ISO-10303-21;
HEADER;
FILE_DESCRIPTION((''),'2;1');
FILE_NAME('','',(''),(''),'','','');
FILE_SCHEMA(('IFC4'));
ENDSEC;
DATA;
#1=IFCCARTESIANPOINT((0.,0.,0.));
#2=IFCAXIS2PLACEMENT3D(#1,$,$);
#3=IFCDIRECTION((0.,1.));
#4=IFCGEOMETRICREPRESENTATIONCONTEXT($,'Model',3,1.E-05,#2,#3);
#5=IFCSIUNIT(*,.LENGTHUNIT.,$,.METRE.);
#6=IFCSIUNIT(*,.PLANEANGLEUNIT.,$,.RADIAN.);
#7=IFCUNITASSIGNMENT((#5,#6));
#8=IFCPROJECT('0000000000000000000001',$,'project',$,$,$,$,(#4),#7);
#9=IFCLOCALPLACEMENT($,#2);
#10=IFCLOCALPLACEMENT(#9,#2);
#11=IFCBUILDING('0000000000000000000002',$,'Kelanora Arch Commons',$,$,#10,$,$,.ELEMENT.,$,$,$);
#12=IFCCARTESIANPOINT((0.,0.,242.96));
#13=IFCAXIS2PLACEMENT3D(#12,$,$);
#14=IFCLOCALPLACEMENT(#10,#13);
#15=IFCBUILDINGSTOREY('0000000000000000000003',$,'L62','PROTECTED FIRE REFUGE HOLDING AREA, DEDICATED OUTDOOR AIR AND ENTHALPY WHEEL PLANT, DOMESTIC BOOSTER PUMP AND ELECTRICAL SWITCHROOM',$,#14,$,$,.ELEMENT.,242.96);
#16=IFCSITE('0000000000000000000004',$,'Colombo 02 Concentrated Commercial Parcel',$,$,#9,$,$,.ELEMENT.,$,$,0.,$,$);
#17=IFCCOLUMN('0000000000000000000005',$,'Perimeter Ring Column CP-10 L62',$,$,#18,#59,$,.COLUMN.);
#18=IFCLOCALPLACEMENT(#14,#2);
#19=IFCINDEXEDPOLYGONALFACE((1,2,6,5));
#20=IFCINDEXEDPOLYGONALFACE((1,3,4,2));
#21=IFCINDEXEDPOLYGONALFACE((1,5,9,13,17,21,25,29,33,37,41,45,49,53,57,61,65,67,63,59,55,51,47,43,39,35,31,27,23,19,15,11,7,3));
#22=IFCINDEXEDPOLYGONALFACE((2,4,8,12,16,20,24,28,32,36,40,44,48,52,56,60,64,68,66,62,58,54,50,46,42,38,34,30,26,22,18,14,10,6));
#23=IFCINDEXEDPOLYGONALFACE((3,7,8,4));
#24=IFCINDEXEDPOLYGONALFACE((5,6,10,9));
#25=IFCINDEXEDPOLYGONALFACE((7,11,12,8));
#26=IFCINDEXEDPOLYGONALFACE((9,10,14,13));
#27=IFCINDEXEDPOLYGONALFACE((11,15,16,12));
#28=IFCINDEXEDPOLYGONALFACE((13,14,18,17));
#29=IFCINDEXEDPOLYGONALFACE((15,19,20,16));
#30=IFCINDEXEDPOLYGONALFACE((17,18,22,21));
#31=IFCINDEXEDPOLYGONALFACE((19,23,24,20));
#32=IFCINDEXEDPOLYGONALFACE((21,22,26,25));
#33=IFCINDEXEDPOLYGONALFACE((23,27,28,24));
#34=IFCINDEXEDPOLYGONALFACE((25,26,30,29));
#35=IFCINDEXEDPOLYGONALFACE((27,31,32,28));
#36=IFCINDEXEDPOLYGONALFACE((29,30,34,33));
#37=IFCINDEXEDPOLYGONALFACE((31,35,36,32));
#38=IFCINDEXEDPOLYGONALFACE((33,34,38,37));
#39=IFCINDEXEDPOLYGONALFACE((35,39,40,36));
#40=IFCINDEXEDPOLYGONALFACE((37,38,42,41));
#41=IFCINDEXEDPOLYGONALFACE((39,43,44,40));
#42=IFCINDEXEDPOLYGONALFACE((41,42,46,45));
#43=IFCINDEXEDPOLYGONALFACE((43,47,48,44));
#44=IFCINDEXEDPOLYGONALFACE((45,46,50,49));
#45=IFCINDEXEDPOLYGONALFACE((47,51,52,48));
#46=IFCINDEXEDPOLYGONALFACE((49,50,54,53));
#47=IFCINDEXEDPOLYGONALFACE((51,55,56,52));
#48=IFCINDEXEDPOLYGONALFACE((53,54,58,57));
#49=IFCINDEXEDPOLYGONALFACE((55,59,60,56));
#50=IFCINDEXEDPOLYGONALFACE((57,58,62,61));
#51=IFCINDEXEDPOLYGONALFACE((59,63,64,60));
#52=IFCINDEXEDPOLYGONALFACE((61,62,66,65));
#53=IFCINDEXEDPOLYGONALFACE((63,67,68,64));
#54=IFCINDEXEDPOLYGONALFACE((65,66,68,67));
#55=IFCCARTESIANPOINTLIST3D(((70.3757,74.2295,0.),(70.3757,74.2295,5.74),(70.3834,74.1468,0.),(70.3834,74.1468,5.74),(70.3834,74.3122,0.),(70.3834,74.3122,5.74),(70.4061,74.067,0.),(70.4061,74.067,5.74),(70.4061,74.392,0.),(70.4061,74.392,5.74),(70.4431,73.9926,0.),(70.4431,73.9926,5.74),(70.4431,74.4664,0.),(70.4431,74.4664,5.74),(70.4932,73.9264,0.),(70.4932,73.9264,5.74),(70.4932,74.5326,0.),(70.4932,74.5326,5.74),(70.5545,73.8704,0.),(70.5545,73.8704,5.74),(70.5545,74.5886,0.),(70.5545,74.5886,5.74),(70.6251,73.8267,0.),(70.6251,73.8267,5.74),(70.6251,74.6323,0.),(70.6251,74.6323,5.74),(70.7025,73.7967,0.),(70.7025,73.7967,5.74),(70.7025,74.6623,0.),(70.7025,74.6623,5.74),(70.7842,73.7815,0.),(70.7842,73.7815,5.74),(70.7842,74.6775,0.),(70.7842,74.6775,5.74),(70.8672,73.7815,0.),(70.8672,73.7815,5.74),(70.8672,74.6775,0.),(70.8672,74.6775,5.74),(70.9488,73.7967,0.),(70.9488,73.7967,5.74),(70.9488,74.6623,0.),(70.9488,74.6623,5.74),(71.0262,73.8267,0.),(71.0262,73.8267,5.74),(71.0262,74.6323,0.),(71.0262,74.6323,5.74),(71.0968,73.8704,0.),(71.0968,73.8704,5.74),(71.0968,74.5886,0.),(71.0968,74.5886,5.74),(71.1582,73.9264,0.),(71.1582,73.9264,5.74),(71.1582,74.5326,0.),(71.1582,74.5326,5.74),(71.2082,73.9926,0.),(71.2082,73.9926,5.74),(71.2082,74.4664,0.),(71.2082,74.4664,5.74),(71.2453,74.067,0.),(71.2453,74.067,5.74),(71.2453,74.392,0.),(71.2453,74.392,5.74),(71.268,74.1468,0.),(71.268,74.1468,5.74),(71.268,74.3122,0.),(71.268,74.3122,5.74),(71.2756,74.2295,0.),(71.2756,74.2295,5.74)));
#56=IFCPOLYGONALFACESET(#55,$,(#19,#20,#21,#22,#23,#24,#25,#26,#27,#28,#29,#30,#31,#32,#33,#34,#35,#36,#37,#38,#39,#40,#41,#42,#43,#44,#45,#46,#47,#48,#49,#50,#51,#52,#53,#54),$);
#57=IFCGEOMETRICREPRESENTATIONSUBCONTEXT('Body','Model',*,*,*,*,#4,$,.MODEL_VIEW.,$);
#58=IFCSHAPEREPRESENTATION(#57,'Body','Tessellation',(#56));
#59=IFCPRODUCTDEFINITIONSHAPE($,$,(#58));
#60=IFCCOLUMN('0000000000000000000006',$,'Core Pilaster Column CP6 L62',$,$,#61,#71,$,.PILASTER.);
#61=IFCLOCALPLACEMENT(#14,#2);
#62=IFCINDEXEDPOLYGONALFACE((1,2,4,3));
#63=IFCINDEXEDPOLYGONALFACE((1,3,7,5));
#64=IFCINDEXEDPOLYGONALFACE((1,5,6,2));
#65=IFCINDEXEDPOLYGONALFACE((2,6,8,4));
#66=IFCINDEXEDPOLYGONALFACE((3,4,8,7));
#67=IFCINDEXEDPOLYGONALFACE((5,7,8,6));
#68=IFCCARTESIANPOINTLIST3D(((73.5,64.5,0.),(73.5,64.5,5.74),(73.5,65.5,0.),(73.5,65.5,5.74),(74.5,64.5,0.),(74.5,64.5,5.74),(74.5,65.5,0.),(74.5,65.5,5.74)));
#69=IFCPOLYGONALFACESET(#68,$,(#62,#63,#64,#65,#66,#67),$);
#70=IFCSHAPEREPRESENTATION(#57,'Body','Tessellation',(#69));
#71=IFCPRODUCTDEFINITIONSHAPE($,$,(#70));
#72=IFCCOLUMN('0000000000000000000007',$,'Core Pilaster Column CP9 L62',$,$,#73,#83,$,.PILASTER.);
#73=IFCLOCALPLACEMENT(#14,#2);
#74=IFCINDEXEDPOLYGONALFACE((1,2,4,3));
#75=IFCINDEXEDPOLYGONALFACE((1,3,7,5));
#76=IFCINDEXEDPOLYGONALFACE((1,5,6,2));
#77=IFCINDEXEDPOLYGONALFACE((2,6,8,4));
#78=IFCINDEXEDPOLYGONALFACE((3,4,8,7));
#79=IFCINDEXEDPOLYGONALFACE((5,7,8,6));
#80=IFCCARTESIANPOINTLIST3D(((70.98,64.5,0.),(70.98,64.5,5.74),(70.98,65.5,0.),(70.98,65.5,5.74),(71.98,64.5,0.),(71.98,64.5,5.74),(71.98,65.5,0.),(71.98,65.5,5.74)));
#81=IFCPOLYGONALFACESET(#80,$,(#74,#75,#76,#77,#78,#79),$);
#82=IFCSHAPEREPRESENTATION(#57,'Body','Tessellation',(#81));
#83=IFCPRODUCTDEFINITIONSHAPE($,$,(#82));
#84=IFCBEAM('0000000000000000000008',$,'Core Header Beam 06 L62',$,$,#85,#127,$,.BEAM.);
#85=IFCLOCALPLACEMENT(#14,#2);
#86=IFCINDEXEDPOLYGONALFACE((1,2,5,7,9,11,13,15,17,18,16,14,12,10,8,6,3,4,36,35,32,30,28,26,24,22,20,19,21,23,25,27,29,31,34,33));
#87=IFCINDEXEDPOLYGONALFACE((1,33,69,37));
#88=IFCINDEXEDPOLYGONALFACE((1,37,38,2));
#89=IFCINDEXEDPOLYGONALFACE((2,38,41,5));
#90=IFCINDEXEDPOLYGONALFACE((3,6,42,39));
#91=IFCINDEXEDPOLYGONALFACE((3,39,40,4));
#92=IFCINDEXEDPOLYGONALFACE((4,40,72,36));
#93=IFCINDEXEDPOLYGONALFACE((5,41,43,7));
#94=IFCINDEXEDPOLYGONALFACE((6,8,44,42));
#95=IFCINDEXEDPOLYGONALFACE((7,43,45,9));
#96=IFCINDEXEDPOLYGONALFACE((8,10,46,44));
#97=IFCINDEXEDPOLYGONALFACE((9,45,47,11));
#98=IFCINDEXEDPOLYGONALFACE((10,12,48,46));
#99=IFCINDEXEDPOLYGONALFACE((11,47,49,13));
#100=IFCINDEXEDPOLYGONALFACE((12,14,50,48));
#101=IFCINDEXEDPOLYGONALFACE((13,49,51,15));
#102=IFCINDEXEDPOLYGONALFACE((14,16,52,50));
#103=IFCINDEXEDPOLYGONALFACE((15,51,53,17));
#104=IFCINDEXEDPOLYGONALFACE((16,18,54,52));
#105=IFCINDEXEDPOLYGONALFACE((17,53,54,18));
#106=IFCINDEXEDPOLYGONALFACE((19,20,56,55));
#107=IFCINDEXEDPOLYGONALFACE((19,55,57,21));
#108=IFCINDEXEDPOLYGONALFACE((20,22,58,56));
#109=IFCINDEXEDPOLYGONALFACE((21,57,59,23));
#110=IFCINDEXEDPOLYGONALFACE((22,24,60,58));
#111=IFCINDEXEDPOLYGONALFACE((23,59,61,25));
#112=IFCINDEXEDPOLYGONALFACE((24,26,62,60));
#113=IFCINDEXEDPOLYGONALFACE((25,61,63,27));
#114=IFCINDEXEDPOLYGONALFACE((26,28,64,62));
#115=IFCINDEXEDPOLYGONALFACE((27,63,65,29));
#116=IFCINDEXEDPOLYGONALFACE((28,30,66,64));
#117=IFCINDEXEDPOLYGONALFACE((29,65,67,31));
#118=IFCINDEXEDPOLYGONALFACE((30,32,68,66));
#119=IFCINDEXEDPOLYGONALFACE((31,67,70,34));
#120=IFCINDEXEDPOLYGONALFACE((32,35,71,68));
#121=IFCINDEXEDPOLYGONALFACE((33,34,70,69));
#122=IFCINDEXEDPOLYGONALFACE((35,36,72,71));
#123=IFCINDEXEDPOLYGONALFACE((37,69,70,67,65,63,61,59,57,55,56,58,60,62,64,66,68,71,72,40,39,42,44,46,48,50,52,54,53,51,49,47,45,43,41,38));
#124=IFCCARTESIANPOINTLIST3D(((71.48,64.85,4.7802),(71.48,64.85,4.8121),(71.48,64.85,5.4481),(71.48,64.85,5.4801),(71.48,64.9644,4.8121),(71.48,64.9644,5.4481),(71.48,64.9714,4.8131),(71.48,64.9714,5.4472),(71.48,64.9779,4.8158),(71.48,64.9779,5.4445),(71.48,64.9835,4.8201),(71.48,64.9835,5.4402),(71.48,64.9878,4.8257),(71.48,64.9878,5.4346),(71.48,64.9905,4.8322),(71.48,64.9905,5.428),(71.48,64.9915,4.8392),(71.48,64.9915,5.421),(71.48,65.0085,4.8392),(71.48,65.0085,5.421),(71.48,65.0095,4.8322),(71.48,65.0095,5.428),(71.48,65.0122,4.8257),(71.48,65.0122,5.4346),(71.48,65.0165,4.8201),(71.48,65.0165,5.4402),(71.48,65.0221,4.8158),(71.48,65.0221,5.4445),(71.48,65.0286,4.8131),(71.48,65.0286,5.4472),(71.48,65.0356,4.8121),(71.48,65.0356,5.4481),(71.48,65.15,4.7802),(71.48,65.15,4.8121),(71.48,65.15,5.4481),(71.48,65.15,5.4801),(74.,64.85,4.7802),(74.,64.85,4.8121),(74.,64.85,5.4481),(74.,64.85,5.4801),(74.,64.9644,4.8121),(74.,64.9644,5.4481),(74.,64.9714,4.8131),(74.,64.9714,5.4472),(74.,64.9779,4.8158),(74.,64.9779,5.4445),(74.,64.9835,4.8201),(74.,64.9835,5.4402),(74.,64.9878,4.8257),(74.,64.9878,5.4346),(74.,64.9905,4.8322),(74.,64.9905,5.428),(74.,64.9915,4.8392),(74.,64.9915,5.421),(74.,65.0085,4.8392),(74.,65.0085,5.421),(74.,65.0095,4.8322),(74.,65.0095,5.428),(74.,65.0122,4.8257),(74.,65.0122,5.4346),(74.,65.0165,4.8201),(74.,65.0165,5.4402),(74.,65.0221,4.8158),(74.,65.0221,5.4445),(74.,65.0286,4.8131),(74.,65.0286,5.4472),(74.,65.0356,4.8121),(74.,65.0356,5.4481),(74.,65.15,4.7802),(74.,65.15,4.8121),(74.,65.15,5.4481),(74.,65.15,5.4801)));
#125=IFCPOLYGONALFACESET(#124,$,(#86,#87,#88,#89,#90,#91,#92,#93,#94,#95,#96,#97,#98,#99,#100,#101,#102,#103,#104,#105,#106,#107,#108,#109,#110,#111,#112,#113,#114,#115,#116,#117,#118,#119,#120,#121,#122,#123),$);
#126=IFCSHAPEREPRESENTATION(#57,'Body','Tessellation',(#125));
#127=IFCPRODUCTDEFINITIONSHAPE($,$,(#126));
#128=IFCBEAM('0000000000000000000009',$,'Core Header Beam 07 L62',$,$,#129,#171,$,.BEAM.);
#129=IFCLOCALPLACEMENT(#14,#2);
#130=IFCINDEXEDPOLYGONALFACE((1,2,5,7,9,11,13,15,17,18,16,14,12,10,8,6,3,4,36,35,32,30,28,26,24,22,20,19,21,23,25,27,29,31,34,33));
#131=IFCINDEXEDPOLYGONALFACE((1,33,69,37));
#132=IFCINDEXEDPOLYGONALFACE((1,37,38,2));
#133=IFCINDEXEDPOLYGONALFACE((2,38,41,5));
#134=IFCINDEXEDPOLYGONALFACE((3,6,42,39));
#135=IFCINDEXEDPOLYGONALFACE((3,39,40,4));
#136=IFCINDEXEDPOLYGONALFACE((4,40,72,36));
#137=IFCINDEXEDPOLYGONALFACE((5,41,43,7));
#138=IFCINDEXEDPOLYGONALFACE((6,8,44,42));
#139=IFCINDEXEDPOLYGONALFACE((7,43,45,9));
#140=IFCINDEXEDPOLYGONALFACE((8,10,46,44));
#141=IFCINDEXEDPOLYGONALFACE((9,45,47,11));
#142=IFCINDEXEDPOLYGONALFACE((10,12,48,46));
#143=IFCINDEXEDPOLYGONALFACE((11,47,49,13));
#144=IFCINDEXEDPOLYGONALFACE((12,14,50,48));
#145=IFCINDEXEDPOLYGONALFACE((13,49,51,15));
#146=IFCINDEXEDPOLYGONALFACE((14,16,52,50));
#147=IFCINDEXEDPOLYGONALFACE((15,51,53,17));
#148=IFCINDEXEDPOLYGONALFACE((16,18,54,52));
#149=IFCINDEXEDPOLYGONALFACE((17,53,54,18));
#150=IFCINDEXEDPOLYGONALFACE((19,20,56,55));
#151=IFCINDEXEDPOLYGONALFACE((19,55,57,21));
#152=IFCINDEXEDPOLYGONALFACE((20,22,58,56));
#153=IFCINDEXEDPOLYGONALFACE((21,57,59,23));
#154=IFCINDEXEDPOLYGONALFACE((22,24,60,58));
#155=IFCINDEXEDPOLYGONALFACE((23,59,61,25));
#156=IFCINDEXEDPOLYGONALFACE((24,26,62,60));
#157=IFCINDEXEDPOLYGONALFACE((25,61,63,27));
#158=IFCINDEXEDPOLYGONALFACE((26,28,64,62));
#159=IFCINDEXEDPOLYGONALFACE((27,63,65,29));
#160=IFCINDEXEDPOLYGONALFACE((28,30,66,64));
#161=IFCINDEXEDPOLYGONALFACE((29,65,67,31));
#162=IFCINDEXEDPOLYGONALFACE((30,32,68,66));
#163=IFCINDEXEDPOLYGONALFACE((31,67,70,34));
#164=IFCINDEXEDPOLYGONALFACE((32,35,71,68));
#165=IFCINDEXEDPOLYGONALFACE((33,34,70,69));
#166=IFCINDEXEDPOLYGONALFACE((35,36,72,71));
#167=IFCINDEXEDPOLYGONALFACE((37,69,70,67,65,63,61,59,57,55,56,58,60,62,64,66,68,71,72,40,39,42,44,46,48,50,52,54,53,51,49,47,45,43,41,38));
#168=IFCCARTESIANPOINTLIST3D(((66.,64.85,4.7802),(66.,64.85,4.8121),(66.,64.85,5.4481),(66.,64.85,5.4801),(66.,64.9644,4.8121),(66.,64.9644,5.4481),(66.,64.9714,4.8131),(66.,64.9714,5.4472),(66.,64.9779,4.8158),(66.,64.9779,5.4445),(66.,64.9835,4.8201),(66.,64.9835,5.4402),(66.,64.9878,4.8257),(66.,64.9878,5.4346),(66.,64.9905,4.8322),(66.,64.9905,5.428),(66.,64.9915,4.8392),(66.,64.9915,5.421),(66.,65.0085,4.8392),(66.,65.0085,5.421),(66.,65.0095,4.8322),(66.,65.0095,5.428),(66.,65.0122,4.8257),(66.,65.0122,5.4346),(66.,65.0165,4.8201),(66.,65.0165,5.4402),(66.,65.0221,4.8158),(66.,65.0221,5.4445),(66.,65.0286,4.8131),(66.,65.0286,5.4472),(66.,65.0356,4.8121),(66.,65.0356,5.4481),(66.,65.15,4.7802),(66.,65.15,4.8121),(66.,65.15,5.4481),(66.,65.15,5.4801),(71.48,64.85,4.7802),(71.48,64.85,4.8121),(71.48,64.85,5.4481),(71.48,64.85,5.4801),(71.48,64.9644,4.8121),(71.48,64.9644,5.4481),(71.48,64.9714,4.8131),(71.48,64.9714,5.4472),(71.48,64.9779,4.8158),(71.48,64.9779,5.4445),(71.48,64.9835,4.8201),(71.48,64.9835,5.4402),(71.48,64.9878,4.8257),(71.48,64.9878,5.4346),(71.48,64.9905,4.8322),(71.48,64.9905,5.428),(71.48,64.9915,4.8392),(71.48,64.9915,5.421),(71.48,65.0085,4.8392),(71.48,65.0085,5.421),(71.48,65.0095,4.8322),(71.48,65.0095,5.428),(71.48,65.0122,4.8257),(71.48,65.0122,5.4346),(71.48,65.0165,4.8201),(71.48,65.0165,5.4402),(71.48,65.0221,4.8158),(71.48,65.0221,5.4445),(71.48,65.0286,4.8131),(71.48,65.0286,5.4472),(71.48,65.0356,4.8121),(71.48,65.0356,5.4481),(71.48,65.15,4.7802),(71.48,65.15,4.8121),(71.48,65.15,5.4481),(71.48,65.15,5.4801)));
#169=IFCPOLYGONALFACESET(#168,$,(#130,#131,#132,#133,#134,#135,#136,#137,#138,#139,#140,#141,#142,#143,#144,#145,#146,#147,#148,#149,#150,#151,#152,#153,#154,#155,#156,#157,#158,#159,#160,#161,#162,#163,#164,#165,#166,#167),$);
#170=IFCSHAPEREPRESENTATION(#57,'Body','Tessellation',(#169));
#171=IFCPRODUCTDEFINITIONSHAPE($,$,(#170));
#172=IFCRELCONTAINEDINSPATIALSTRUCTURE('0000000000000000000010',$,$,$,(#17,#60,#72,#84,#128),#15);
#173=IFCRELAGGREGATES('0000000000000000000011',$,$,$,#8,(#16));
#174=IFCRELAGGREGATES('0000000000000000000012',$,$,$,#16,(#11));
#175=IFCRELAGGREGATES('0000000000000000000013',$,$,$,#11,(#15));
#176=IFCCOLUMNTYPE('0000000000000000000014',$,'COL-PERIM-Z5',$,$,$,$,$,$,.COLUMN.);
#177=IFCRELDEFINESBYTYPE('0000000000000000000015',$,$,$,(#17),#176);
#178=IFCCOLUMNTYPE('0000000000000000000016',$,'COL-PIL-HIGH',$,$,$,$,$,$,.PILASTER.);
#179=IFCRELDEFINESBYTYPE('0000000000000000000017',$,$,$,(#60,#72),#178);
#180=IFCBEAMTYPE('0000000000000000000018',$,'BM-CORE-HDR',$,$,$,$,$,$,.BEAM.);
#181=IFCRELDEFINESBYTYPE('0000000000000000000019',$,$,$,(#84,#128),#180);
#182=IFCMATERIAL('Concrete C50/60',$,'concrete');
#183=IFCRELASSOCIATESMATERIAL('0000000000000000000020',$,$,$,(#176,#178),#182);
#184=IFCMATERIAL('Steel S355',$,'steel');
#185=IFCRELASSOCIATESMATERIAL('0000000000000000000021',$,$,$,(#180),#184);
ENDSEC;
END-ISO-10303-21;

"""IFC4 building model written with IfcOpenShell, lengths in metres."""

from ifc_helpers import new_model, si_unit, direction, frame, origin, origin_2d, place, context, subcontext, project, spatial, rectangle, circle, i_section, extrude, material, material_profile, profile_set, type_object, element, save


model = new_model("IFC4")

# Units and contexts
model_context = context("Model", 3, precision=1e-05, world=origin(), true_north=direction((0.0, 1.0)))
body_context = subcontext(model_context, "Body", "Model", "MODEL_VIEW")
ifc_project = project(units=[si_unit("LENGTHUNIT", "METRE"), si_unit("PLANEANGLEUNIT", "RADIAN")], contexts=[model_context])

# Site, building, storey
site_placement = place(None, origin())
site = spatial("IfcSite", under=ifc_project, at=site_placement, Name="Colombo 02 Concentrated Commercial Parcel", CompositionType="ELEMENT", RefElevation=0.0)
building_placement = place(site_placement, origin())
building = spatial("IfcBuilding", under=site, at=building_placement, Name="Kelanora Arch Commons", CompositionType="ELEMENT")
storey_placement = place(building_placement, frame((0.0, 0.0, 242.96)))
storey = spatial("IfcBuildingStorey", under=building, at=storey_placement, Name="L62", Description="PROTECTED FIRE REFUGE HOLDING AREA, DEDICATED OUTDOOR AIR AND ENTHALPY WHEEL PLANT, DOMESTIC BOOSTER PUMP AND ELECTRICAL SWITCHROOM", CompositionType="ELEMENT", Elevation=242.96)

# Columns
ifc_material_1 = material(Name="Concrete C50/60", Category="concrete")
ifc_material_profile_1 = material_profile(ifc_material_1, circle(Radius=0.45, at=origin_2d()), Name="RCC900")
ifc_profile_set_1 = profile_set([ifc_material_profile_1], Name="Concrete C50/60")
column_type_1 = type_object("IfcColumnType", Name="COL-PERIM-Z5", PredefinedType="COLUMN", material=ifc_profile_set_1)
column_placement = place(storey_placement, frame((70.8257, 74.2295, 0.0), z_axis=(0.0, 0.0, 1.0), x_axis=(1.0, 0.0, 0.0)))
element("IfcColumn", 1, at=column_placement, inside=storey, type_object=column_type_1, Name="Perimeter Ring Column CP-10 L62", PredefinedType="COLUMN", context=body_context, shape_type="SweptSolid", body=[
    extrude(circle(Radius=0.45, at=origin_2d()), origin(), (0.0, 0.0, 1.0), 5.74),
])
ifc_material_profile_2 = material_profile(ifc_material_1, rectangle(XDim=1.0, YDim=1.0, at=origin_2d()), Name="RC1000x1000")
ifc_profile_set_2 = profile_set([ifc_material_profile_2], Name="Concrete C50/60")
column_type_2 = type_object("IfcColumnType", Name="COL-PIL-HIGH", PredefinedType="PILASTER", material=ifc_profile_set_2)
for number, where, z_axis, x_axis, name in (
    (2, (74.0, 65.0, 0.0), (0.0, 0.0, 1.0), (1.0, 0.0, 0.0), "Core Pilaster Column CP6 L62"),
    (3, (71.48, 65.0, 0.0), (0.0, 0.0, 1.0), (1.0, 0.0, 0.0), "Core Pilaster Column CP9 L62"),
):
    element("IfcColumn", number, at=place(storey_placement, frame(where, z_axis=z_axis, x_axis=x_axis)), inside=storey, type_object=column_type_2, Name=name, PredefinedType="PILASTER", context=body_context, shape_type="SweptSolid", body=[
        extrude(rectangle(XDim=1.0, YDim=1.0, at=origin_2d()), origin(), (0.0, 0.0, 1.0), 5.74),
    ])

# Beams
ifc_material_2 = material(Name="Steel S355", Category="steel")
ifc_material_profile_3 = material_profile(ifc_material_2, i_section(OverallWidth=0.3, OverallDepth=0.7, WebThickness=0.0171, FlangeThickness=0.032, FilletRadius=0.0271, at=origin_2d()), Name="HEB700")
ifc_profile_set_3 = profile_set([ifc_material_profile_3], Name="Steel S355")
beam_type_1 = type_object("IfcBeamType", Name="BM-CORE-HDR", PredefinedType="BEAM", material=ifc_profile_set_3)
beam_1_placement = place(storey_placement, frame((74.0, 65.0, 5.1301), z_axis=(-1.0, 0.0, 0.0), x_axis=(0.0, -1.0, 0.0)))
element("IfcBeam", 4, at=beam_1_placement, inside=storey, type_object=beam_type_1, Name="Core Header Beam 06 L62", PredefinedType="BEAM", context=body_context, shape_type="SweptSolid", body=[
    extrude(i_section(OverallWidth=0.3, OverallDepth=0.7, WebThickness=0.0171, FlangeThickness=0.032, FilletRadius=0.0271, at=origin_2d()), origin(), (0.0, 0.0, 1.0), 2.52),
])
beam_2_placement = place(storey_placement, frame((71.48, 65.0, 5.1301), z_axis=(-1.0, 0.0, 0.0), x_axis=(0.0, -1.0, 0.0)))
element("IfcBeam", 5, at=beam_2_placement, inside=storey, type_object=beam_type_1, Name="Core Header Beam 07 L62", PredefinedType="BEAM", context=body_context, shape_type="SweptSolid", body=[
    extrude(i_section(OverallWidth=0.3, OverallDepth=0.7, WebThickness=0.0171, FlangeThickness=0.032, FilletRadius=0.0271, at=origin_2d()), origin(), (0.0, 0.0, 1.0), 5.48),
])

save(model, "model.ifc")
